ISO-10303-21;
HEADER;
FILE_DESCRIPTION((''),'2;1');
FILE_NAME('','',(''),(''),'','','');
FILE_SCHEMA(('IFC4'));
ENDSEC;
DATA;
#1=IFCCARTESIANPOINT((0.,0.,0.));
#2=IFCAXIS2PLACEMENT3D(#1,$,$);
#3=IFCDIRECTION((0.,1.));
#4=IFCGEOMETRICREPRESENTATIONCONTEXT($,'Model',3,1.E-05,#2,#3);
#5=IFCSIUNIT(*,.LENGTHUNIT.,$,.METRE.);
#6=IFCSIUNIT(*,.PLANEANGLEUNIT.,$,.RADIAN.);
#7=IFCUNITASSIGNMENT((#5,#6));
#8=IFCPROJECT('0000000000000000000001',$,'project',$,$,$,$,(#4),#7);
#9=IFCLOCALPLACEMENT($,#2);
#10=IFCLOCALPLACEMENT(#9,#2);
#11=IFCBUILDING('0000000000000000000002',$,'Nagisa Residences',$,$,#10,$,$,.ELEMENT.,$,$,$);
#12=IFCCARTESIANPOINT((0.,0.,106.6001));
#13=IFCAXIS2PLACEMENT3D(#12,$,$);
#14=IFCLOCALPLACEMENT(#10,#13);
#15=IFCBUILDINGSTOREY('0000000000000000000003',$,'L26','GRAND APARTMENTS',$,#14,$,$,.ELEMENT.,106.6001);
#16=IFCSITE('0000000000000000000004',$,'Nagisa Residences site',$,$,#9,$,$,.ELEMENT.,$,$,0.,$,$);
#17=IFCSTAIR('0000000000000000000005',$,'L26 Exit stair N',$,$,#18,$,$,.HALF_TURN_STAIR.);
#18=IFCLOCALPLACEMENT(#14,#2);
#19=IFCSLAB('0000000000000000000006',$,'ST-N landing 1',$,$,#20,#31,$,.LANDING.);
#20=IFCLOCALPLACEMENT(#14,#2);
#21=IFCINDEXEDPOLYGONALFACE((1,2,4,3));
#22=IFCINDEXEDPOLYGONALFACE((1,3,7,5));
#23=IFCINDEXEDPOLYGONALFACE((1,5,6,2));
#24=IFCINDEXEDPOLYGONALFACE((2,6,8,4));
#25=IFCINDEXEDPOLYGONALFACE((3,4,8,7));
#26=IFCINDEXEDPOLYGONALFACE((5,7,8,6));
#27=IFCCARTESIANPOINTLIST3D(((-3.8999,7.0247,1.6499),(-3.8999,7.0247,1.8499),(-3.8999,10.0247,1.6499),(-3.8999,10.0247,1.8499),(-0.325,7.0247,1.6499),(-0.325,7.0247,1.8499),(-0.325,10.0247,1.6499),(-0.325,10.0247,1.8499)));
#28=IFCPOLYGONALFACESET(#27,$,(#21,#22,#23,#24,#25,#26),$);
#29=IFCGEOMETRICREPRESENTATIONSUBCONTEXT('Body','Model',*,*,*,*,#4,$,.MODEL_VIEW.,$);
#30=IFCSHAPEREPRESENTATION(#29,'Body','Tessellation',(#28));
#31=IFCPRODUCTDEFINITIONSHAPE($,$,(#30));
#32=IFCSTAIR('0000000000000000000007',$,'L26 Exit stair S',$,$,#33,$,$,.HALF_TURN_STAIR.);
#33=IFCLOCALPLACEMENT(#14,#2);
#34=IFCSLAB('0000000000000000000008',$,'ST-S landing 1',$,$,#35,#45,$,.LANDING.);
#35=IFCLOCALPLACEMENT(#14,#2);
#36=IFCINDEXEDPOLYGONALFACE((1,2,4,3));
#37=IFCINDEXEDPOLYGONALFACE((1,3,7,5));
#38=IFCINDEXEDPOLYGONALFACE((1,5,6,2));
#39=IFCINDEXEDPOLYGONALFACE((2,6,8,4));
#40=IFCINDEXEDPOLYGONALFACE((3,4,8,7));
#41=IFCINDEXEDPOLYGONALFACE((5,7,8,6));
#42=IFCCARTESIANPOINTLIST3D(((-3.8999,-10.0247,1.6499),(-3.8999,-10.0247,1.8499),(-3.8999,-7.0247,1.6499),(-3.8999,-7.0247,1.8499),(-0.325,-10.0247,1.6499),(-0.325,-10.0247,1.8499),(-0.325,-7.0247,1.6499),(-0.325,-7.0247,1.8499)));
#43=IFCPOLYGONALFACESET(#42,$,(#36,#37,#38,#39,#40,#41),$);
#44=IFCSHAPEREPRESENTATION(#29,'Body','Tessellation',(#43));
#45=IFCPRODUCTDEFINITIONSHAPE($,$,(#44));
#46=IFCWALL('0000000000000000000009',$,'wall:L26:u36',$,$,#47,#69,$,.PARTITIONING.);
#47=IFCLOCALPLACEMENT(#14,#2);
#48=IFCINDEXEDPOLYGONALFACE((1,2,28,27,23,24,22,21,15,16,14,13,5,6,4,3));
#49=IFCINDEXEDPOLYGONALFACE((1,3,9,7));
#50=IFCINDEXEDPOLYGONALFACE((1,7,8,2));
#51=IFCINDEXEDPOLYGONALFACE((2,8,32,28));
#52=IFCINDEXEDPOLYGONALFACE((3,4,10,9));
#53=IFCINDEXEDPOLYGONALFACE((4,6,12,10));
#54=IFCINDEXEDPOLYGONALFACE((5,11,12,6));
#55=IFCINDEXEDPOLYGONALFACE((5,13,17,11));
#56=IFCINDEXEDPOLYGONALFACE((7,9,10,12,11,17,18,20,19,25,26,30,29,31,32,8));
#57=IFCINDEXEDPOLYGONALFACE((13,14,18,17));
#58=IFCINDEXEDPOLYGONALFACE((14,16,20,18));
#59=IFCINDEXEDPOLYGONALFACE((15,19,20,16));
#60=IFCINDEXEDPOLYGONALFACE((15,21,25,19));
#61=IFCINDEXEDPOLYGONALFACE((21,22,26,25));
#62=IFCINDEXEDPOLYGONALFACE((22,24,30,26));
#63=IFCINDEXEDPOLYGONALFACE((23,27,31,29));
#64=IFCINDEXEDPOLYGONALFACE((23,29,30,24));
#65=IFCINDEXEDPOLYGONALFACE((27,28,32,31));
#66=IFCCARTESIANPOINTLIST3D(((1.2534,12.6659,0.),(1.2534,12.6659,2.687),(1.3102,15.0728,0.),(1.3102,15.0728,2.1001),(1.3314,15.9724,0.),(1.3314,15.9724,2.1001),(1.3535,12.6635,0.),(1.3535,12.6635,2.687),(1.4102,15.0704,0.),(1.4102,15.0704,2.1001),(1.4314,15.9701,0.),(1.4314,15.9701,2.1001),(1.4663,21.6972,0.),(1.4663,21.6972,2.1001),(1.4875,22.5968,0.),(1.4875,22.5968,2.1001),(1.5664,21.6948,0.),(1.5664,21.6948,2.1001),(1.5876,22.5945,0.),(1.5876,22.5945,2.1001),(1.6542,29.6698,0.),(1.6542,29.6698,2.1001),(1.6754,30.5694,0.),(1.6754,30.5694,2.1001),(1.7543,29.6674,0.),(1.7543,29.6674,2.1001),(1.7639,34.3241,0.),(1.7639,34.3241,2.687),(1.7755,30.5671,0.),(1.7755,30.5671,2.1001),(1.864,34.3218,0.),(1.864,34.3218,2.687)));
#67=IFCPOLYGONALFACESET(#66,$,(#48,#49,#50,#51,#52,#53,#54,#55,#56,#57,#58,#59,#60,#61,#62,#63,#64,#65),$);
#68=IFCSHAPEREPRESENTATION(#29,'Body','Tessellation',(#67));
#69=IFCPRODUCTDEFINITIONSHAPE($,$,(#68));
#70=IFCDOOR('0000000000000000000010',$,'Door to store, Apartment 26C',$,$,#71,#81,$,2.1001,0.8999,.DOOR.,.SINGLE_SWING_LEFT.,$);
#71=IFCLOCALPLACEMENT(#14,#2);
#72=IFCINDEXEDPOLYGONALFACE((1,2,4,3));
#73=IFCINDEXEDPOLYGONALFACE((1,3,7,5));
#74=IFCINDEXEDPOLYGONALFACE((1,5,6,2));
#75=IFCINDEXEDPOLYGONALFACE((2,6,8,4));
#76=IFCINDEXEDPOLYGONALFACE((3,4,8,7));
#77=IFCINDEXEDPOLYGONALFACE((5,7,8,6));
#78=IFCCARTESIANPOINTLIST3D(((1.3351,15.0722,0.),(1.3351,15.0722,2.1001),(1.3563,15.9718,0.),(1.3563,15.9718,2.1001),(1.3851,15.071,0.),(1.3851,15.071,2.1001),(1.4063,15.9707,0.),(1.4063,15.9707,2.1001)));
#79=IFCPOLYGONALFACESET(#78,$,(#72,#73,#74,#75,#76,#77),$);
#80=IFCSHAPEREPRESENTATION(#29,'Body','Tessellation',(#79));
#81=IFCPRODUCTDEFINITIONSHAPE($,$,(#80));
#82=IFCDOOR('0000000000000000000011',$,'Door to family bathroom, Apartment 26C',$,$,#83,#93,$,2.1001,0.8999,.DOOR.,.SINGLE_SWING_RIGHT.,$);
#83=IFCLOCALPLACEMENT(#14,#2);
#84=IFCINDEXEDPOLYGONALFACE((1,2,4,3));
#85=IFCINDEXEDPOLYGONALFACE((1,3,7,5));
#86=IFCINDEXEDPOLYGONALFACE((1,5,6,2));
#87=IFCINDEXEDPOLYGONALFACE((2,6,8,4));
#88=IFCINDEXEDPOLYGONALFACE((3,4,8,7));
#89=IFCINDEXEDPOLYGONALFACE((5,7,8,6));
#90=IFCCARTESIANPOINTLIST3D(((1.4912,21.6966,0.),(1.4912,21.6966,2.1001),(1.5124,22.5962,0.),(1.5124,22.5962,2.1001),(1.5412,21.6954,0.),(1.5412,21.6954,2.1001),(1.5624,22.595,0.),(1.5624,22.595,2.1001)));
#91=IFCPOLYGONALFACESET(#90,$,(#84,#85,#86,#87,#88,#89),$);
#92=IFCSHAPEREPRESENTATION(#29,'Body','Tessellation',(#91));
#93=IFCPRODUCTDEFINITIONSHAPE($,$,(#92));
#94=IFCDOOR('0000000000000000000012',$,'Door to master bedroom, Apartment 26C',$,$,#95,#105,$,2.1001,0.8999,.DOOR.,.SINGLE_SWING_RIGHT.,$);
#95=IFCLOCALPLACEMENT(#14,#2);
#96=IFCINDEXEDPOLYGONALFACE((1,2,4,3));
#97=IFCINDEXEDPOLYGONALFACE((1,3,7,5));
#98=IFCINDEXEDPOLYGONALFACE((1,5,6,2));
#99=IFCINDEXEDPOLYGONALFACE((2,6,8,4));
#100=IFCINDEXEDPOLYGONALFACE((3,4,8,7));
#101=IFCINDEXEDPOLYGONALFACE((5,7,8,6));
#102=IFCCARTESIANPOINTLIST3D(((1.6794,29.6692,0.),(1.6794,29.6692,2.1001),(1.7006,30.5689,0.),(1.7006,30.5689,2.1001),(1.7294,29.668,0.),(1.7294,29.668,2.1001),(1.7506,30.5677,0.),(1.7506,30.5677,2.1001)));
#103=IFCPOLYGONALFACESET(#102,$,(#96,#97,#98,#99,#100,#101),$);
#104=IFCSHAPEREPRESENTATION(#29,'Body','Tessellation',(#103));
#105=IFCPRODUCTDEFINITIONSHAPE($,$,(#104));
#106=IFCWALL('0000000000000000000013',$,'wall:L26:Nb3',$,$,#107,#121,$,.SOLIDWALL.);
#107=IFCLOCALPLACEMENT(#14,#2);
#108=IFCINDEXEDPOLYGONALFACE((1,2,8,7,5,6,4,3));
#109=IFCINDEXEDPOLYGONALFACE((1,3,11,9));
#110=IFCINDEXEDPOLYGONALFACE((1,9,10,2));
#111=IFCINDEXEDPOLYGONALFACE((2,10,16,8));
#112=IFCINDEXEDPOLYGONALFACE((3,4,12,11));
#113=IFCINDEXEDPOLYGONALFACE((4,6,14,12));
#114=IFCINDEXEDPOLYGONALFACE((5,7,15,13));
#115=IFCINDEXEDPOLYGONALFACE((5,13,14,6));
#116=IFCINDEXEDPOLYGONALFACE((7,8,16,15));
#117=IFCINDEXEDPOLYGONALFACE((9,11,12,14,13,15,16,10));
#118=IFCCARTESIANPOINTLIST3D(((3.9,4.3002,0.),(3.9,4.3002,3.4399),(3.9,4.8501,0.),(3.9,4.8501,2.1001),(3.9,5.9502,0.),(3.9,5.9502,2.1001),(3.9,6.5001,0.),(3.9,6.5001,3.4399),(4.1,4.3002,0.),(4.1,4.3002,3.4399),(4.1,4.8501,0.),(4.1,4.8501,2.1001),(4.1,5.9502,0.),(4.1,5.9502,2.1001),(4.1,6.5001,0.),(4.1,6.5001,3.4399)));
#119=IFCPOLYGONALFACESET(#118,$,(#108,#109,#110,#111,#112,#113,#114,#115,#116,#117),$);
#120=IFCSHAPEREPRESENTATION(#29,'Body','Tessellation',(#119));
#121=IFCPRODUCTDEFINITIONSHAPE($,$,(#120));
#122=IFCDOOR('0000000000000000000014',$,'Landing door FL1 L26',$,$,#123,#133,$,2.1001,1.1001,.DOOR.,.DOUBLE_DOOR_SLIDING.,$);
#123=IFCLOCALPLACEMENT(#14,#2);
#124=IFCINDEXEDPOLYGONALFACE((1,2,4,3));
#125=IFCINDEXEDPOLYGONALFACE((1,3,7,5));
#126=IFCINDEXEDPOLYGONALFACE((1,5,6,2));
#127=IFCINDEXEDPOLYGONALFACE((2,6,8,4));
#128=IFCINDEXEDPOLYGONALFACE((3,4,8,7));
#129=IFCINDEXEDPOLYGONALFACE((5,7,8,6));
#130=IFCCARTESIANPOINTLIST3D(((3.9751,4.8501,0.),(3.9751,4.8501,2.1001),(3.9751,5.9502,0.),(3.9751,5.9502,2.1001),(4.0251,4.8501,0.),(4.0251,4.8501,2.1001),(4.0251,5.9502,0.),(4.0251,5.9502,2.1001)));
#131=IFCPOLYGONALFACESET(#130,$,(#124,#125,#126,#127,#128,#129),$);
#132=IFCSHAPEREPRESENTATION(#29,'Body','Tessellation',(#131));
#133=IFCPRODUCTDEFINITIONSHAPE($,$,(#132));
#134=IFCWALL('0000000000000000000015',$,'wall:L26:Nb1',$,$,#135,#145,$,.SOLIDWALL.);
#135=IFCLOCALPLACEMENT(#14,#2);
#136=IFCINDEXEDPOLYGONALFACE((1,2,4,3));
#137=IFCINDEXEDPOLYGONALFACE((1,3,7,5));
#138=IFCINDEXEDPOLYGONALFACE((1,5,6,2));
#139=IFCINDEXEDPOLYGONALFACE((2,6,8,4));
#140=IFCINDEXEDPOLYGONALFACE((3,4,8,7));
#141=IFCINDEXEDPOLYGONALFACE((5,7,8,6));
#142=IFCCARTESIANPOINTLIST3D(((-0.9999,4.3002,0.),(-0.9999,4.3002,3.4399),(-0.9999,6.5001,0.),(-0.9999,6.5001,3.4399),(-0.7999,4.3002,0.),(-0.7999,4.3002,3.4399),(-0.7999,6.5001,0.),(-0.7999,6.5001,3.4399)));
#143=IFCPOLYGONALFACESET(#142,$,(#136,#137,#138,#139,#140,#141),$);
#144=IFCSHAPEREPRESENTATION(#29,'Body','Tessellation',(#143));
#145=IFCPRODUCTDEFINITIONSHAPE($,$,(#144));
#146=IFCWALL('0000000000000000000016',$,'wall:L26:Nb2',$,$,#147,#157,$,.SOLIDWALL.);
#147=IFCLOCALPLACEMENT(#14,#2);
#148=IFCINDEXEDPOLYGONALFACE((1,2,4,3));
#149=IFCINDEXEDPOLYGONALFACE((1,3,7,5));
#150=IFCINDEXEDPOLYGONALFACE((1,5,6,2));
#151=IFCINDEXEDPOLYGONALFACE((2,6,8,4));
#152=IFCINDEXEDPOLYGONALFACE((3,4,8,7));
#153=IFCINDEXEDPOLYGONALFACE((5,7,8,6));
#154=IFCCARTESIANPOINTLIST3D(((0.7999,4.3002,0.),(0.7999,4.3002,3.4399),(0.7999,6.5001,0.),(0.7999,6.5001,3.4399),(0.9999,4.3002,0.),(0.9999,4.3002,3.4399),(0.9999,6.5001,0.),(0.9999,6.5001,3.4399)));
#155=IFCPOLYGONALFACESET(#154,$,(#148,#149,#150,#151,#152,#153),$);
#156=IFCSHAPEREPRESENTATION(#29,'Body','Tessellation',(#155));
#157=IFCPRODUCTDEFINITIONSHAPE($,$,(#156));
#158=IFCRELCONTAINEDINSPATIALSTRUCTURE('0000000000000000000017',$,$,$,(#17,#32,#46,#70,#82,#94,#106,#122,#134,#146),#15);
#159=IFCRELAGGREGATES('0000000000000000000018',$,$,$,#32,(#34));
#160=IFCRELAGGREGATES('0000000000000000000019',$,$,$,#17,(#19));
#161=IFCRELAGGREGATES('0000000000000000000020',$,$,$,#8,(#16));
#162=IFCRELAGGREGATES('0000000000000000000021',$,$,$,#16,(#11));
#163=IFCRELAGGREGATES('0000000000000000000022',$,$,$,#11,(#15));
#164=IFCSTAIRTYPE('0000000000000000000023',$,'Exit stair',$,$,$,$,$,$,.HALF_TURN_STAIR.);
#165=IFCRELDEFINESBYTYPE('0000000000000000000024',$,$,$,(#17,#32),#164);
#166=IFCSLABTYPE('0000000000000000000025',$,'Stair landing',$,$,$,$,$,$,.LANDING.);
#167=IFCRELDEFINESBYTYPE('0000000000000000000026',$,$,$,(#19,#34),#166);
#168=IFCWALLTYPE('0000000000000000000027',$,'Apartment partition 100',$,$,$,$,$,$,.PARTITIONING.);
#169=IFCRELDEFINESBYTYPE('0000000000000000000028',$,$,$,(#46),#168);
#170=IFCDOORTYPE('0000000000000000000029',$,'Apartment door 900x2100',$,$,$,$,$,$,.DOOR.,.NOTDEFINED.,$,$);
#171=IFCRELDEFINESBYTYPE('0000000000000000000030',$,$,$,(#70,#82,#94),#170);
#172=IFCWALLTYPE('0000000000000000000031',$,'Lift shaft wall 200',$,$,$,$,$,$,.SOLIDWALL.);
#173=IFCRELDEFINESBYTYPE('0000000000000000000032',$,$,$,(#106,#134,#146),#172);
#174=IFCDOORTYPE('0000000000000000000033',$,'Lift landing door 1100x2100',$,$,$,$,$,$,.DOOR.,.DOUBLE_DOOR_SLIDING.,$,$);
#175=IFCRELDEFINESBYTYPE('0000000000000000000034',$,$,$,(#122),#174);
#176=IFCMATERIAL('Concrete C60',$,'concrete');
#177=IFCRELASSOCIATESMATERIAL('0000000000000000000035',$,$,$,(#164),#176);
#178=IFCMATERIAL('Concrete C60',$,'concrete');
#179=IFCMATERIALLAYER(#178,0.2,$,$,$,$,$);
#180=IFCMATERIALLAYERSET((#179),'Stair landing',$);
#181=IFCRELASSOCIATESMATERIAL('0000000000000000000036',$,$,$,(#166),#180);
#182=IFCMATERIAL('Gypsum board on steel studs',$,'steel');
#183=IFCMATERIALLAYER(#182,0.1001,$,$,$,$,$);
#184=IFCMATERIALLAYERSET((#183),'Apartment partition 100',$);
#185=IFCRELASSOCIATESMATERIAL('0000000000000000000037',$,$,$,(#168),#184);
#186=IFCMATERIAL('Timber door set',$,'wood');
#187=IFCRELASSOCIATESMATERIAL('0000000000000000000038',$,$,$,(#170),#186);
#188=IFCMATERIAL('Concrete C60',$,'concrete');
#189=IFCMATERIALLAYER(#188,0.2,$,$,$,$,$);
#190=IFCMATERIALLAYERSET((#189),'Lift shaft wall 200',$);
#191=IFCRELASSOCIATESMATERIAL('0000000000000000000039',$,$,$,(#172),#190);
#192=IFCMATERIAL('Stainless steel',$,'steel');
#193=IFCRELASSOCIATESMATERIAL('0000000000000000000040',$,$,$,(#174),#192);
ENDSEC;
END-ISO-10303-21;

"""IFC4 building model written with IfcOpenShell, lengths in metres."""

from ifc_helpers import new_model, si_unit, direction, frame, frame_2d, origin, place, context, subcontext, project, spatial, polyline, rectangle, outline, extrude, material, layer, layer_set, type_object, element, fill, aggregate, save


model = new_model("IFC4")

# Units and contexts
model_context = context("Model", 3, precision=1e-05, world=origin(), true_north=direction((0.0, 1.0)))
body_context = subcontext(model_context, "Body", "Model", "MODEL_VIEW")
ifc_project = project(units=[si_unit("LENGTHUNIT", "METRE"), si_unit("PLANEANGLEUNIT", "RADIAN")], contexts=[model_context])

# Site, building, storey
site_placement = place(None, origin())
site = spatial("IfcSite", under=ifc_project, at=site_placement, Name="Nagisa Residences site", CompositionType="ELEMENT", RefElevation=0.0)
building_placement = place(site_placement, origin())
building = spatial("IfcBuilding", under=site, at=building_placement, Name="Nagisa Residences", CompositionType="ELEMENT")
storey_placement = place(building_placement, frame((0.0, 0.0, 106.6001)))
storey = spatial("IfcBuildingStorey", under=building, at=storey_placement, Name="L26", Description="GRAND APARTMENTS", CompositionType="ELEMENT", Elevation=106.6001)

# Stairs, slabs
ifc_material_1 = material(Name="Concrete C60", Category="concrete")
stair_type = type_object("IfcStairType", Name="Exit stair", PredefinedType="HALF_TURN_STAIR", material=ifc_material_1)
stair_1_placement = place(storey_placement, origin())
stair_1 = element("IfcStair", 1, at=stair_1_placement, inside=storey, type_object=stair_type, Name="L26 Exit stair N", PredefinedType="HALF_TURN_STAIR")
ifc_material_2 = material(Name="Concrete C60", Category="concrete")
ifc_layer_1 = layer(ifc_material_2, 0.2)
ifc_layer_set_1 = layer_set([ifc_layer_1], Name="Stair landing")
slab_type = type_object("IfcSlabType", Name="Stair landing", PredefinedType="LANDING", material=ifc_layer_set_1)
slab_1_placement = place(storey_placement, frame((0.0, 0.0, 1.6499)))
slab_1 = element("IfcSlab", 2, at=slab_1_placement, type_object=slab_type, Name="ST-N landing 1", PredefinedType="LANDING", context=body_context, shape_type="SweptSolid", body=[
    extrude(outline(polyline([(-0.325, 10.0247), (-3.8999, 10.0247), (-3.8999, 7.0247), (-0.325, 7.0247), (-0.325, 10.0247)])), origin(), (0.0, 0.0, 1.0), 0.2),
])
stair_2_placement = place(storey_placement, origin())
stair_2 = element("IfcStair", 3, at=stair_2_placement, inside=storey, type_object=stair_type, Name="L26 Exit stair S", PredefinedType="HALF_TURN_STAIR")
slab_2_placement = place(storey_placement, frame((0.0, 0.0, 1.6499)))
slab_2 = element("IfcSlab", 4, at=slab_2_placement, type_object=slab_type, Name="ST-S landing 1", PredefinedType="LANDING", context=body_context, shape_type="SweptSolid", body=[
    extrude(outline(polyline([(-0.325, -7.0247), (-3.8999, -7.0247), (-3.8999, -10.0247), (-0.325, -10.0247), (-0.325, -7.0247)])), origin(), (0.0, 0.0, 1.0), 0.2),
])
aggregate(stair_2, [slab_2])

# Wall, openings, doors
ifc_material_3 = material(Name="Gypsum board on steel studs", Category="steel")
ifc_layer_2 = layer(ifc_material_3, 0.1001)
ifc_layer_set_2 = layer_set([ifc_layer_2], Name="Apartment partition 100")
wall_type_1 = type_object("IfcWallType", Name="Apartment partition 100", PredefinedType="PARTITIONING", material=ifc_layer_set_2)
wall_1_placement = place(storey_placement, frame((1.3035, 12.6648, 0.0), z_axis=(0.0, 0.0, 1.0), x_axis=(0.023564, 0.999722, 0.0)))
wall_1 = element("IfcWall", 5, at=wall_1_placement, inside=storey, type_object=wall_type_1, Name="wall:L26:u36", PredefinedType="PARTITIONING", context=body_context, shape_type="SweptSolid", body=[
    extrude(rectangle(XDim=21.6643, YDim=0.1001, at=frame_2d((10.832, 0.0))), origin(), (0.0, 0.0, 1.0), 2.687),
])
opening_1_placement = place(wall_1_placement, frame((2.4075, 0.0, 0.0)))
opening_1 = element("IfcOpeningElement", 6, at=opening_1_placement, cuts=wall_1, PredefinedType="OPENING", context=body_context, shape_type="SweptSolid", body=[
    extrude(rectangle(XDim=0.8999, YDim=2.1001, at=frame_2d((0.45, 1.05))), frame((0.0, 0.0601, 0.0), z_axis=(0.0, -1.0, 0.0), x_axis=(1.0, 0.0, 0.0)), (0.0, 0.0, 1.0), 0.1201),
])
opening_2_placement = place(wall_1_placement, frame((9.0337, 0.0, 0.0)))
opening_2 = element("IfcOpeningElement", 7, at=opening_2_placement, cuts=wall_1, PredefinedType="OPENING", context=body_context, shape_type="SweptSolid", body=[
    extrude(rectangle(XDim=0.8999, YDim=2.1001, at=frame_2d((0.45, 1.05))), frame((0.0, 0.0601, 0.0), z_axis=(0.0, -1.0, 0.0), x_axis=(1.0, 0.0, 0.0)), (0.0, 0.0, 1.0), 0.1201),
])
opening_3_placement = place(wall_1_placement, frame((17.0085, 0.0, 0.0)))
opening_3 = element("IfcOpeningElement", 8, at=opening_3_placement, cuts=wall_1, PredefinedType="OPENING", context=body_context, shape_type="SweptSolid", body=[
    extrude(rectangle(XDim=0.8999, YDim=2.1001, at=frame_2d((0.45, 1.05))), frame((0.0, 0.0601, 0.0), z_axis=(0.0, -1.0, 0.0), x_axis=(1.0, 0.0, 0.0)), (0.0, 0.0, 1.0), 0.1201),
])
ifc_material_4 = material(Name="Timber door set", Category="wood")
door_type_1 = type_object("IfcDoorType", Name="Apartment door 900x2100", OperationType="NOTDEFINED", PredefinedType="DOOR", material=ifc_material_4)
door_1_placement = place(opening_1_placement, frame((0.8999, 0.0, 0.0), x_axis=(-1.0, 0.0, 0.0)))
door_1 = element("IfcDoor", 9, at=door_1_placement, inside=storey, type_object=door_type_1, Name="Door to store, Apartment 26C", OperationType="SINGLE_SWING_LEFT", OverallHeight=2.1001, OverallWidth=0.8999, PredefinedType="DOOR", context=body_context, shape_type="SweptSolid", body=[
    extrude(rectangle(XDim=0.8999, YDim=2.1001, at=frame_2d((0.45, 1.05))), frame((0.0, 0.0249, 0.0), z_axis=(0.0, -1.0, 0.0), x_axis=(1.0, 0.0, 0.0)), (0.0, 0.0, 1.0), 0.05),
])
fill(opening_1, door_1)
door_2_placement = place(opening_2_placement, frame((0.8999, 0.0, 0.0), x_axis=(-1.0, 0.0, 0.0)))
door_2 = element("IfcDoor", 10, at=door_2_placement, inside=storey, type_object=door_type_1, Name="Door to family bathroom, Apartment 26C", OperationType="SINGLE_SWING_RIGHT", OverallHeight=2.1001, OverallWidth=0.8999, PredefinedType="DOOR", context=body_context, shape_type="SweptSolid", body=[
    extrude(rectangle(XDim=0.8999, YDim=2.1001, at=frame_2d((0.45, 1.05))), frame((0.0, 0.0249, 0.0), z_axis=(0.0, -1.0, 0.0), x_axis=(1.0, 0.0, 0.0)), (0.0, 0.0, 1.0), 0.05),
])
fill(opening_2, door_2)
door_3_placement = place(opening_3_placement, origin())
door_3 = element("IfcDoor", 11, at=door_3_placement, inside=storey, type_object=door_type_1, Name="Door to master bedroom, Apartment 26C", OperationType="SINGLE_SWING_RIGHT", OverallHeight=2.1001, OverallWidth=0.8999, PredefinedType="DOOR", context=body_context, shape_type="SweptSolid", body=[
    extrude(rectangle(XDim=0.8999, YDim=2.1001, at=frame_2d((0.45, 1.05))), frame((0.0, 0.0249, 0.0), z_axis=(0.0, -1.0, 0.0), x_axis=(1.0, 0.0, 0.0)), (0.0, 0.0, 1.0), 0.05),
])
fill(opening_3, door_3)

# Wall, opening, door
ifc_material_5 = material(Name="Concrete C60", Category="concrete")
ifc_layer_3 = layer(ifc_material_5, 0.2)
ifc_layer_set_3 = layer_set([ifc_layer_3], Name="Lift shaft wall 200")
wall_type_2 = type_object("IfcWallType", Name="Lift shaft wall 200", PredefinedType="SOLIDWALL", material=ifc_layer_set_3)
wall_2_placement = place(storey_placement, frame((4.0, 4.3, 0.0), z_axis=(0.0, 0.0, 1.0), x_axis=(0.0, 1.0, 0.0)))
wall_2 = element("IfcWall", 12, at=wall_2_placement, inside=storey, type_object=wall_type_2, Name="wall:L26:Nb3", PredefinedType="SOLIDWALL", context=body_context, shape_type="SweptSolid", body=[
    extrude(rectangle(XDim=2.2, YDim=0.2, at=frame_2d((1.1001, 0.0))), origin(), (0.0, 0.0, 1.0), 3.4399),
])
opening_4_placement = place(wall_2_placement, frame((0.55, 0.0, 0.0)))
opening_4 = element("IfcOpeningElement", 13, at=opening_4_placement, cuts=wall_2, PredefinedType="OPENING", context=body_context, shape_type="SweptSolid", body=[
    extrude(rectangle(XDim=1.1001, YDim=2.1001, at=frame_2d((0.55, 1.05))), frame((0.0, 0.1099, 0.0), z_axis=(0.0, -1.0, 0.0), x_axis=(1.0, 0.0, 0.0)), (0.0, 0.0, 1.0), 0.22),
])
ifc_material_6 = material(Name="Stainless steel", Category="steel")
door_type_2 = type_object("IfcDoorType", Name="Lift landing door 1100x2100", OperationType="DOUBLE_DOOR_SLIDING", PredefinedType="DOOR", material=ifc_material_6)
door_4_placement = place(opening_4_placement, origin())
door_4 = element("IfcDoor", 14, at=door_4_placement, inside=storey, type_object=door_type_2, Name="Landing door FL1 L26", OperationType="DOUBLE_DOOR_SLIDING", OverallHeight=2.1001, OverallWidth=1.1001, PredefinedType="DOOR", context=body_context, shape_type="SweptSolid", body=[
    extrude(rectangle(XDim=1.1001, YDim=2.1001, at=frame_2d((0.55, 1.05))), frame((0.0, 0.0249, 0.0), z_axis=(0.0, -1.0, 0.0), x_axis=(1.0, 0.0, 0.0)), (0.0, 0.0, 1.0), 0.05),
])
fill(opening_4, door_4)

# Walls
for number, where, z_axis, x_axis, name in (
    (15, (-0.8999, 4.3, 0.0), (0.0, 0.0, 1.0), (0.0, 1.0, 0.0), "wall:L26:Nb1"),
    (16, (0.8999, 4.3, 0.0), (0.0, 0.0, 1.0), (0.0, 1.0, 0.0), "wall:L26:Nb2"),
):
    element("IfcWall", number, at=place(storey_placement, frame(where, z_axis=z_axis, x_axis=x_axis)), inside=storey, type_object=wall_type_2, Name=name, PredefinedType="SOLIDWALL", context=body_context, shape_type="SweptSolid", body=[
        extrude(rectangle(XDim=2.2, YDim=0.2, at=frame_2d((1.1001, 0.0))), origin(), (0.0, 0.0, 1.0), 3.4399),
    ])

aggregate(stair_1, [slab_1])

save(model, "model.ifc")
